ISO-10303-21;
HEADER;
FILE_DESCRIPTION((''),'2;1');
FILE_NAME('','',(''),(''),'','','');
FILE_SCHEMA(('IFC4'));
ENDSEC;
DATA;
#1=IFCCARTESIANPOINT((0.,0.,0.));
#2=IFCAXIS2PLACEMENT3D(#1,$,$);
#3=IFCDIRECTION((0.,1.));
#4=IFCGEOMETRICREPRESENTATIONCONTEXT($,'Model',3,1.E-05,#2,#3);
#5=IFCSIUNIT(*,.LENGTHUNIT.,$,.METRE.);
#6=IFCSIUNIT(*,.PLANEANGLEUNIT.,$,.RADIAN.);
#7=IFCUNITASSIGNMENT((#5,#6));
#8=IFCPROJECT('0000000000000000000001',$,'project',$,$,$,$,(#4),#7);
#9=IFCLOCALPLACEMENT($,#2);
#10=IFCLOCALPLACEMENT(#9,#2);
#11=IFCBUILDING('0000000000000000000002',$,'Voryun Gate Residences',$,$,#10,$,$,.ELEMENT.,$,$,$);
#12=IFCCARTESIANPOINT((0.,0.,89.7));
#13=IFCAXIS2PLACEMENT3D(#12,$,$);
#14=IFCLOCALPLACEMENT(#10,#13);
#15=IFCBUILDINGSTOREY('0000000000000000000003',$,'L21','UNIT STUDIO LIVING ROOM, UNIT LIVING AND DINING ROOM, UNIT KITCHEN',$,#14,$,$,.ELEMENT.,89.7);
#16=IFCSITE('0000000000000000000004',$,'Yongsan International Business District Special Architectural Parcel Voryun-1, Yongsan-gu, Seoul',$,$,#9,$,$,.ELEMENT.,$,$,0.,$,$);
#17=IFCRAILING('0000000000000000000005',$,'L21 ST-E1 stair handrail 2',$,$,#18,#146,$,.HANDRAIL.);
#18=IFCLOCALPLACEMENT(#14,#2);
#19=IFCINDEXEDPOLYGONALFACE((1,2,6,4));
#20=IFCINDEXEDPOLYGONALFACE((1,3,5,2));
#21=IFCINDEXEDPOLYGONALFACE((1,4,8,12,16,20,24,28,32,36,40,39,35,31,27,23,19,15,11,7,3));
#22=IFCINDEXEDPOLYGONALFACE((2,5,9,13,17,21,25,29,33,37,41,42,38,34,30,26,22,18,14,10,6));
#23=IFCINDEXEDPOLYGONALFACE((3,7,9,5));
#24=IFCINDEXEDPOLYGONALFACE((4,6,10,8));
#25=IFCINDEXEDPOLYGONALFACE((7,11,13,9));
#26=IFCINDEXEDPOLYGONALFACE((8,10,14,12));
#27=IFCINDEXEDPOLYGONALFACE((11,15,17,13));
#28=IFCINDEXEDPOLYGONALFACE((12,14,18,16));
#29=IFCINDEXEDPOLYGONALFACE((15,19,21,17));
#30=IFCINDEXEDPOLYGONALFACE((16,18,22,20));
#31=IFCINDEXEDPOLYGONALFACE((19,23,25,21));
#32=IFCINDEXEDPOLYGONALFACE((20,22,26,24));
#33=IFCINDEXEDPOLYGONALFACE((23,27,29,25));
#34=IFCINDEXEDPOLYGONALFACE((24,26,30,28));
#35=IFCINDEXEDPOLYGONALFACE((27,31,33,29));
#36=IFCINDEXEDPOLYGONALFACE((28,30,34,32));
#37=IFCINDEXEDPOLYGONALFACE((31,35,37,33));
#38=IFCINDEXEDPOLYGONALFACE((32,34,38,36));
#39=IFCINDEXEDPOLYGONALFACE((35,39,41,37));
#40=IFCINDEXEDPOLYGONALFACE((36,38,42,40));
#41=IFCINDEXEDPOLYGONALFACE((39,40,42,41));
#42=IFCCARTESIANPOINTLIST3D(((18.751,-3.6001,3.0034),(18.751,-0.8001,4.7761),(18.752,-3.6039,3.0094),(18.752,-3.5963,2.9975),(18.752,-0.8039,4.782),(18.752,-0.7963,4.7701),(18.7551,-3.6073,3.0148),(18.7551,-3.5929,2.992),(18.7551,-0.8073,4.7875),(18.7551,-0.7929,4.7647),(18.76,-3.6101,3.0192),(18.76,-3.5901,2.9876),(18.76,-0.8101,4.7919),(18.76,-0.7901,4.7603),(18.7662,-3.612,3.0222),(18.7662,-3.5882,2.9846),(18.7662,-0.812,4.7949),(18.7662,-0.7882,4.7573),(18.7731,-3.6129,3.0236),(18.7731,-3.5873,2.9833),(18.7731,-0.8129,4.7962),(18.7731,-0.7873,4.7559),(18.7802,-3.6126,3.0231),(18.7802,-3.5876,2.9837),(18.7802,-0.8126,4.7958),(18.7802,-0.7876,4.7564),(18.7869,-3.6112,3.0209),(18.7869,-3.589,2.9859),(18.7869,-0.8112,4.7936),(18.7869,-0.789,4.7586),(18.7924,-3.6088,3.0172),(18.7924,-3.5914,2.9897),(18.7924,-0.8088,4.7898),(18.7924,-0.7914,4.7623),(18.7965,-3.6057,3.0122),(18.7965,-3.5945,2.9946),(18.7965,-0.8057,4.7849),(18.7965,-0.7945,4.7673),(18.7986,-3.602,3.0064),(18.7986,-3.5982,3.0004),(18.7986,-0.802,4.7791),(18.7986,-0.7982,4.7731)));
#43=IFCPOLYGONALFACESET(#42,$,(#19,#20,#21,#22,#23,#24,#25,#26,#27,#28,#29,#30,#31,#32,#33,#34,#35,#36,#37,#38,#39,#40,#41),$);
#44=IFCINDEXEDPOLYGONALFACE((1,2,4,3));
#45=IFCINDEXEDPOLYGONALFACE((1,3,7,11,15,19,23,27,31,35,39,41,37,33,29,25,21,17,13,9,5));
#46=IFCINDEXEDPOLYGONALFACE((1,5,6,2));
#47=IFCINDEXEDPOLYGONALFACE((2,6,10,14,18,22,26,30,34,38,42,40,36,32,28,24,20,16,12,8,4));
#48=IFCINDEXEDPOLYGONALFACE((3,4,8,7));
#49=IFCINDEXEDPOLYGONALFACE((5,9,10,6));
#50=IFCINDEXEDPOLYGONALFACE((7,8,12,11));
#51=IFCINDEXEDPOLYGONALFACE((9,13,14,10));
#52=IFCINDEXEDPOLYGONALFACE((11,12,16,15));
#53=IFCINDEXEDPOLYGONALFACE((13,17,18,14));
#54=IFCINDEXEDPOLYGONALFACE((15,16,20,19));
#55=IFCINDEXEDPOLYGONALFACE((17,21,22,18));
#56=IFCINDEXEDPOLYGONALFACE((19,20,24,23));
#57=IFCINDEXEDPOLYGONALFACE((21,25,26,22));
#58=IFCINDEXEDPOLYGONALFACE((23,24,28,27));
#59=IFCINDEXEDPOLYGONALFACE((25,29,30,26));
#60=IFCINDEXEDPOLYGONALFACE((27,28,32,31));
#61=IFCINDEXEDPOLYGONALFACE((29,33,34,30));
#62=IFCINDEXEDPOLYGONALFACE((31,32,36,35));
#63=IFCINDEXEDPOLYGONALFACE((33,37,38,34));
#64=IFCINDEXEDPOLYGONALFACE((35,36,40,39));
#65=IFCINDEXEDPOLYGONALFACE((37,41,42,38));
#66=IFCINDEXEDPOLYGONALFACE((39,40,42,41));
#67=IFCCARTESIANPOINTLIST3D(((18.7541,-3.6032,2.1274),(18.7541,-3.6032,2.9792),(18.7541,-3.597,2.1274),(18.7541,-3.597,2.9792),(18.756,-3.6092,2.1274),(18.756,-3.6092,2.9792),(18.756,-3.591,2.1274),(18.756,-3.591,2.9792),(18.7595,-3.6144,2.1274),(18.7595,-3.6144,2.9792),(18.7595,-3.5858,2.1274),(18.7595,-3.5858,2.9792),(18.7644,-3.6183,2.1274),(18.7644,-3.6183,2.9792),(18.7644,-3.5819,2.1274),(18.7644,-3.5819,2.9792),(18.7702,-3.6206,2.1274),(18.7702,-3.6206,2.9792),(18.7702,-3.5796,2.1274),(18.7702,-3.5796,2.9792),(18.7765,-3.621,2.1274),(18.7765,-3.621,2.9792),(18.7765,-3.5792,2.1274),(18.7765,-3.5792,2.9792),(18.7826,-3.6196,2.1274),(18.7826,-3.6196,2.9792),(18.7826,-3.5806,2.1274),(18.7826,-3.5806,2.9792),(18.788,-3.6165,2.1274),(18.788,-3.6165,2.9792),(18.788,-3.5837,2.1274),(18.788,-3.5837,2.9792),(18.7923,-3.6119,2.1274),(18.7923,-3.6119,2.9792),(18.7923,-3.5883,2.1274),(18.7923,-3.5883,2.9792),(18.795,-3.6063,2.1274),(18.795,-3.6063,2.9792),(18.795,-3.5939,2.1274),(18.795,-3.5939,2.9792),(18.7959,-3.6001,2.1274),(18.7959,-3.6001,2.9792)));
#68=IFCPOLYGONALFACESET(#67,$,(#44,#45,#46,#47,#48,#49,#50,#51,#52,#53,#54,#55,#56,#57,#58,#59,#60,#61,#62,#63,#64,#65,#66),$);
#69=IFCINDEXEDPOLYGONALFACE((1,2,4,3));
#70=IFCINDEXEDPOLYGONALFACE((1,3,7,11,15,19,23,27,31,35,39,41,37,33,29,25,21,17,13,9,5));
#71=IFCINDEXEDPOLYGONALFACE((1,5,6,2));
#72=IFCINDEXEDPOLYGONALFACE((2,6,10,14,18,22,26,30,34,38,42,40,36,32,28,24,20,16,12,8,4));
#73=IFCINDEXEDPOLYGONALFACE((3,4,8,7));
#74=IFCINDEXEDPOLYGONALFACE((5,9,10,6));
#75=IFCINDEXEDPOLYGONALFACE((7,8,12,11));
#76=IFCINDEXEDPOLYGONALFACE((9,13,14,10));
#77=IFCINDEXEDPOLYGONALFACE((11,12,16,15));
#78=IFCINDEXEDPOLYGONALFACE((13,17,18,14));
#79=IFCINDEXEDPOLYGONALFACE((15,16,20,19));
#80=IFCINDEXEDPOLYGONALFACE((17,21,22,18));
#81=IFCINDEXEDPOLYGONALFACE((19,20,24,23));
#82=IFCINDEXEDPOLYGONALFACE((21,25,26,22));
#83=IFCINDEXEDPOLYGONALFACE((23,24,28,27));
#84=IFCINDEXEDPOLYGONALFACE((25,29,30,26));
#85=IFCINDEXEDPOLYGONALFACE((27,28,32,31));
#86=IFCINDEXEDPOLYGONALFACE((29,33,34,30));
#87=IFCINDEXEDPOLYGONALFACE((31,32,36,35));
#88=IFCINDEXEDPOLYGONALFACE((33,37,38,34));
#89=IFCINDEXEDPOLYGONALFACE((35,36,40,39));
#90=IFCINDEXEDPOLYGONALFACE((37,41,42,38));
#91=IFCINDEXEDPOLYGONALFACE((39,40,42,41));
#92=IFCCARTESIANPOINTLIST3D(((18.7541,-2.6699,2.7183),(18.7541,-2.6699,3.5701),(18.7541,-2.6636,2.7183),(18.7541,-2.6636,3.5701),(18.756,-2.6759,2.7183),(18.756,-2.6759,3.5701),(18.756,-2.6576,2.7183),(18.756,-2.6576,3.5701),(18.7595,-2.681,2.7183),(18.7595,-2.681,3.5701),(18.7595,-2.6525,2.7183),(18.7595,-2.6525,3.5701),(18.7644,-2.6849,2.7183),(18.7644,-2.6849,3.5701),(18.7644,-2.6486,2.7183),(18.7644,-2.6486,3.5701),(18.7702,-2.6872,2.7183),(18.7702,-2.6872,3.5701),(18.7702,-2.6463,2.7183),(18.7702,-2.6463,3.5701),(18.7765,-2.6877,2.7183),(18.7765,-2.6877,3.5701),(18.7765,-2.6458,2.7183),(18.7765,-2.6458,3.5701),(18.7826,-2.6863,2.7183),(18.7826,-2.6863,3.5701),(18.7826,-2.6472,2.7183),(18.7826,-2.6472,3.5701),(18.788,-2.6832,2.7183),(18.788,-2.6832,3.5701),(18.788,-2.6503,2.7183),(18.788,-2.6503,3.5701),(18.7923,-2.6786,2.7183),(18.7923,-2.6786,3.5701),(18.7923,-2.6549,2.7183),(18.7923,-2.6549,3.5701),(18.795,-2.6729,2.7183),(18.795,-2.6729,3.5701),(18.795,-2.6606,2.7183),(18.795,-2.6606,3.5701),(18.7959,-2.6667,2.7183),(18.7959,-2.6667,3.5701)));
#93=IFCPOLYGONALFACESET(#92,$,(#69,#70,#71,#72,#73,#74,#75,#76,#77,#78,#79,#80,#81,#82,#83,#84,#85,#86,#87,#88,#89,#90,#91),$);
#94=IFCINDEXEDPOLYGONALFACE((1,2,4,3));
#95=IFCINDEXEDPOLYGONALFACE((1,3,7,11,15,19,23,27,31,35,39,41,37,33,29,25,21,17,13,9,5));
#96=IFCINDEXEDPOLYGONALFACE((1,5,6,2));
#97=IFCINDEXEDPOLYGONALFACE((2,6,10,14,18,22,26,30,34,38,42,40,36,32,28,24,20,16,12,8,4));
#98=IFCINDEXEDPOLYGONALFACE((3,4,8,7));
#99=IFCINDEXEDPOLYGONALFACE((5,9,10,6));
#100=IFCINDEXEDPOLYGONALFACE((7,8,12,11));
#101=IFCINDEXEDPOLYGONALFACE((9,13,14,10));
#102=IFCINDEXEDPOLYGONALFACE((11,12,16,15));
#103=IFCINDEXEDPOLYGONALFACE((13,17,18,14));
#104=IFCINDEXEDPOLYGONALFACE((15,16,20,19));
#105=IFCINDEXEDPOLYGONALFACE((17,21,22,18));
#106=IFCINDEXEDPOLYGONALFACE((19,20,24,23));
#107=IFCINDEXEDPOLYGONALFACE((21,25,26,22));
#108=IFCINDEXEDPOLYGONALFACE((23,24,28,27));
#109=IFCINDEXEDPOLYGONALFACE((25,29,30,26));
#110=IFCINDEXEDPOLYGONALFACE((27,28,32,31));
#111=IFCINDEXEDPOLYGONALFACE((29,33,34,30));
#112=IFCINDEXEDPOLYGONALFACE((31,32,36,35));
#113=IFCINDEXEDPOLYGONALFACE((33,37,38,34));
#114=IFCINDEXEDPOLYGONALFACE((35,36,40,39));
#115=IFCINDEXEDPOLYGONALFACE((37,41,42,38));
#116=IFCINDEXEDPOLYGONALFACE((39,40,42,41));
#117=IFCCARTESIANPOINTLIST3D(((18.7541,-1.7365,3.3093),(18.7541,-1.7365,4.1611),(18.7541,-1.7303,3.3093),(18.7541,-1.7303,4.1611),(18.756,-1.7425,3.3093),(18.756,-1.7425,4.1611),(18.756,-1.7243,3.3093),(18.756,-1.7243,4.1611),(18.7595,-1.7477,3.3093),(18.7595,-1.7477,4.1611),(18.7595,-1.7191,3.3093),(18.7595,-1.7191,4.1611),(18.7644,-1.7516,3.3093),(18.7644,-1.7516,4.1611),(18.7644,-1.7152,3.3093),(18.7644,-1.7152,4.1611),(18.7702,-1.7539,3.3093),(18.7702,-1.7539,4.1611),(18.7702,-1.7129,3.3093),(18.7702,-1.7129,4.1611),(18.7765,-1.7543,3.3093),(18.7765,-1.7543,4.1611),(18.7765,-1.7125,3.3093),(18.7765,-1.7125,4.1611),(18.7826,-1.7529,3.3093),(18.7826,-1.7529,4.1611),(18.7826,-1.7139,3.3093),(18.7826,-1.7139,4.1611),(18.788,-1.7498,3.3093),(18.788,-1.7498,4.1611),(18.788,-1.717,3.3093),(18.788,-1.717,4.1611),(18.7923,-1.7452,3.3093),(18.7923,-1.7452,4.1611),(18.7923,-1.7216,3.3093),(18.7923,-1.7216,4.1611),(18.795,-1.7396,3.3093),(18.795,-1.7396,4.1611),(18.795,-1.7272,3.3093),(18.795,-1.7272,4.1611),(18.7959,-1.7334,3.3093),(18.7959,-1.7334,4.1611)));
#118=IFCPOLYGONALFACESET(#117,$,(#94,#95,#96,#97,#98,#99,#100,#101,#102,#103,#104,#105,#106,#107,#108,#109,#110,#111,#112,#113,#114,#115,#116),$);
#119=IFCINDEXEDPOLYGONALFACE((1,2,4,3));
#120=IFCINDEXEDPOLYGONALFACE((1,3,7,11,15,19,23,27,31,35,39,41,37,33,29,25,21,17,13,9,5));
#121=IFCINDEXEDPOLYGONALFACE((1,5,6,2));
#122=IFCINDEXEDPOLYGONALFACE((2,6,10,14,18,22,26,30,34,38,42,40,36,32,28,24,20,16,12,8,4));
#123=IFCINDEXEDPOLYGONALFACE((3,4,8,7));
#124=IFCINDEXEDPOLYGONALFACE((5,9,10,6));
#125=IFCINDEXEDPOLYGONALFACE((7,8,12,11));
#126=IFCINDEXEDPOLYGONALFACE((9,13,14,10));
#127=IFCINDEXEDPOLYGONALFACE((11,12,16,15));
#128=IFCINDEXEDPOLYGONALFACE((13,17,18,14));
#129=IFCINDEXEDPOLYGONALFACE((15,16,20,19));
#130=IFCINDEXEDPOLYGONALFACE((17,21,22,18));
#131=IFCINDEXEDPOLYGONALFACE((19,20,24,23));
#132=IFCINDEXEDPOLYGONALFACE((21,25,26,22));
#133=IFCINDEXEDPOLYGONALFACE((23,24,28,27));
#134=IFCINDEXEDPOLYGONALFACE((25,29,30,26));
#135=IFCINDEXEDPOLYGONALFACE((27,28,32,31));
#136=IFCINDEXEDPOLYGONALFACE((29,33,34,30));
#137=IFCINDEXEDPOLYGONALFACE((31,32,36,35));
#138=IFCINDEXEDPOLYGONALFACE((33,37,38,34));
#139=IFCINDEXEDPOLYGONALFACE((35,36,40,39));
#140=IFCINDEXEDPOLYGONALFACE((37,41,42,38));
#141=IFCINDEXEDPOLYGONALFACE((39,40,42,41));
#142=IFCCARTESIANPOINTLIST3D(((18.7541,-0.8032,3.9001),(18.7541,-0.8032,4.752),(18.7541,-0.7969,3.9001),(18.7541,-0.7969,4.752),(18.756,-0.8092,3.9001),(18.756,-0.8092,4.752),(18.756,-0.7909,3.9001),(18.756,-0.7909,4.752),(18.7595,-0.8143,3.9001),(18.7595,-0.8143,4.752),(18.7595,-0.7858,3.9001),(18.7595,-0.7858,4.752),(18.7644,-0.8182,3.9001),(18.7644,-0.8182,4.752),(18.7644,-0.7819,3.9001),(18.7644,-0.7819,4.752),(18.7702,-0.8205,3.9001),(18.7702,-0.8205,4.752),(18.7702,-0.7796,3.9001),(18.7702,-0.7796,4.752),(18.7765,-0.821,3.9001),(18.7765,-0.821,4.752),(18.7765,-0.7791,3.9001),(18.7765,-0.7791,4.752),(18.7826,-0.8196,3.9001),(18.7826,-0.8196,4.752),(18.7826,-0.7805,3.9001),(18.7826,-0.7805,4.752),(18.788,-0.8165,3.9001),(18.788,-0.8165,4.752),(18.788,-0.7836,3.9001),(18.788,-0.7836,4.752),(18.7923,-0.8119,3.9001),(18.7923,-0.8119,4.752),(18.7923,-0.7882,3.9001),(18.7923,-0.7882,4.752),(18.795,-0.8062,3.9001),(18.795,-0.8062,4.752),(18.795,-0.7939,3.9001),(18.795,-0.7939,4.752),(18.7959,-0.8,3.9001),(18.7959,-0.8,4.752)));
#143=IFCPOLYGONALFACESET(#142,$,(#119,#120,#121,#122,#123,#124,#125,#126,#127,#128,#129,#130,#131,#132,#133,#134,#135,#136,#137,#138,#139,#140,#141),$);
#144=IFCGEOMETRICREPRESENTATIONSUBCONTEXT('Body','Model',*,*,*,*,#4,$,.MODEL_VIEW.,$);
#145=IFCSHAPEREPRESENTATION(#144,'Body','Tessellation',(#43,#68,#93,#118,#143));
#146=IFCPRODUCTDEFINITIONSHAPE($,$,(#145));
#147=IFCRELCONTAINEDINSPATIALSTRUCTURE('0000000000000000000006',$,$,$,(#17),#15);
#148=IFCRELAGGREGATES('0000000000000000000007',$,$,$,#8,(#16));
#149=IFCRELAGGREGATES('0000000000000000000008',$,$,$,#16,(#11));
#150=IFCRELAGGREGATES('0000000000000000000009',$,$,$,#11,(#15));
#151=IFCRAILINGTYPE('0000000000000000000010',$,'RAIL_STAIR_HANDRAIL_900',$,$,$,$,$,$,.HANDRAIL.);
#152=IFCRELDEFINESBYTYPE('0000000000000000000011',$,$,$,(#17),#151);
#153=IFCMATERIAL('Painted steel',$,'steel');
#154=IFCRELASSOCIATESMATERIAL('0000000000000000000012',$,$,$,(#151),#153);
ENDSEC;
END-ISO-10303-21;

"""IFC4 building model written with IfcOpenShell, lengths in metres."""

from ifc_helpers import new_model, si_unit, direction, frame, origin, origin_2d, place, context, subcontext, project, spatial, circle, extrude, material, type_object, element, save


model = new_model("IFC4")

# Units and contexts
model_context = context("Model", 3, precision=1e-05, world=origin(), true_north=direction((0.0, 1.0)))
body_context = subcontext(model_context, "Body", "Model", "MODEL_VIEW")
ifc_project = project(units=[si_unit("LENGTHUNIT", "METRE"), si_unit("PLANEANGLEUNIT", "RADIAN")], contexts=[model_context])

# Site, building, storey
site_placement = place(None, origin())
site = spatial("IfcSite", under=ifc_project, at=site_placement, Name="Yongsan International Business District Special Architectural Parcel Voryun-1, Yongsan-gu, Seoul", CompositionType="ELEMENT", RefElevation=0.0)
building_placement = place(site_placement, origin())
building = spatial("IfcBuilding", under=site, at=building_placement, Name="Voryun Gate Residences", CompositionType="ELEMENT")
storey_placement = place(building_placement, frame((0.0, 0.0, 89.7)))
storey = spatial("IfcBuildingStorey", under=building, at=storey_placement, Name="L21", Description="UNIT STUDIO LIVING ROOM, UNIT LIVING AND DINING ROOM, UNIT KITCHEN", CompositionType="ELEMENT", Elevation=89.7)

# Railing
ifc_material_1 = material(Name="Painted steel", Category="steel")
railing_type_1 = type_object("IfcRailingType", Name="RAIL_STAIR_HANDRAIL_900", PredefinedType="HANDRAIL", material=ifc_material_1)
railing_1_placement = place(storey_placement, frame((18.7749, -3.6001, 2.1274)))
element("IfcRailing", 1, at=railing_1_placement, inside=storey, type_object=railing_type_1, Name="L21 ST-E1 stair handrail 2", PredefinedType="HANDRAIL", context=body_context, shape_type="SweptSolid", body=[
    extrude(circle(Radius=0.0239, at=origin_2d()), frame((0.0, 0.0, 0.876), z_axis=(0.0, 0.844909, 0.53491), x_axis=(-1.0, 0.0, 0.0)), (0.0, 0.0, 1.0), 3.314),
    extrude(circle(Radius=0.021, at=origin_2d()), origin(), (0.0, 0.0, 1.0), 0.8518),
    extrude(circle(Radius=0.021, at=origin_2d()), frame((0.0, 0.9333, 0.5908)), (0.0, 0.0, 1.0), 0.8518),
    extrude(circle(Radius=0.021, at=origin_2d()), frame((0.0, 1.8667, 1.1819)), (0.0, 0.0, 1.0), 0.8518),
    extrude(circle(Radius=0.021, at=origin_2d()), frame((0.0, 2.8, 1.7727)), (0.0, 0.0, 1.0), 0.8518),
])

save(model, "model.ifc")
